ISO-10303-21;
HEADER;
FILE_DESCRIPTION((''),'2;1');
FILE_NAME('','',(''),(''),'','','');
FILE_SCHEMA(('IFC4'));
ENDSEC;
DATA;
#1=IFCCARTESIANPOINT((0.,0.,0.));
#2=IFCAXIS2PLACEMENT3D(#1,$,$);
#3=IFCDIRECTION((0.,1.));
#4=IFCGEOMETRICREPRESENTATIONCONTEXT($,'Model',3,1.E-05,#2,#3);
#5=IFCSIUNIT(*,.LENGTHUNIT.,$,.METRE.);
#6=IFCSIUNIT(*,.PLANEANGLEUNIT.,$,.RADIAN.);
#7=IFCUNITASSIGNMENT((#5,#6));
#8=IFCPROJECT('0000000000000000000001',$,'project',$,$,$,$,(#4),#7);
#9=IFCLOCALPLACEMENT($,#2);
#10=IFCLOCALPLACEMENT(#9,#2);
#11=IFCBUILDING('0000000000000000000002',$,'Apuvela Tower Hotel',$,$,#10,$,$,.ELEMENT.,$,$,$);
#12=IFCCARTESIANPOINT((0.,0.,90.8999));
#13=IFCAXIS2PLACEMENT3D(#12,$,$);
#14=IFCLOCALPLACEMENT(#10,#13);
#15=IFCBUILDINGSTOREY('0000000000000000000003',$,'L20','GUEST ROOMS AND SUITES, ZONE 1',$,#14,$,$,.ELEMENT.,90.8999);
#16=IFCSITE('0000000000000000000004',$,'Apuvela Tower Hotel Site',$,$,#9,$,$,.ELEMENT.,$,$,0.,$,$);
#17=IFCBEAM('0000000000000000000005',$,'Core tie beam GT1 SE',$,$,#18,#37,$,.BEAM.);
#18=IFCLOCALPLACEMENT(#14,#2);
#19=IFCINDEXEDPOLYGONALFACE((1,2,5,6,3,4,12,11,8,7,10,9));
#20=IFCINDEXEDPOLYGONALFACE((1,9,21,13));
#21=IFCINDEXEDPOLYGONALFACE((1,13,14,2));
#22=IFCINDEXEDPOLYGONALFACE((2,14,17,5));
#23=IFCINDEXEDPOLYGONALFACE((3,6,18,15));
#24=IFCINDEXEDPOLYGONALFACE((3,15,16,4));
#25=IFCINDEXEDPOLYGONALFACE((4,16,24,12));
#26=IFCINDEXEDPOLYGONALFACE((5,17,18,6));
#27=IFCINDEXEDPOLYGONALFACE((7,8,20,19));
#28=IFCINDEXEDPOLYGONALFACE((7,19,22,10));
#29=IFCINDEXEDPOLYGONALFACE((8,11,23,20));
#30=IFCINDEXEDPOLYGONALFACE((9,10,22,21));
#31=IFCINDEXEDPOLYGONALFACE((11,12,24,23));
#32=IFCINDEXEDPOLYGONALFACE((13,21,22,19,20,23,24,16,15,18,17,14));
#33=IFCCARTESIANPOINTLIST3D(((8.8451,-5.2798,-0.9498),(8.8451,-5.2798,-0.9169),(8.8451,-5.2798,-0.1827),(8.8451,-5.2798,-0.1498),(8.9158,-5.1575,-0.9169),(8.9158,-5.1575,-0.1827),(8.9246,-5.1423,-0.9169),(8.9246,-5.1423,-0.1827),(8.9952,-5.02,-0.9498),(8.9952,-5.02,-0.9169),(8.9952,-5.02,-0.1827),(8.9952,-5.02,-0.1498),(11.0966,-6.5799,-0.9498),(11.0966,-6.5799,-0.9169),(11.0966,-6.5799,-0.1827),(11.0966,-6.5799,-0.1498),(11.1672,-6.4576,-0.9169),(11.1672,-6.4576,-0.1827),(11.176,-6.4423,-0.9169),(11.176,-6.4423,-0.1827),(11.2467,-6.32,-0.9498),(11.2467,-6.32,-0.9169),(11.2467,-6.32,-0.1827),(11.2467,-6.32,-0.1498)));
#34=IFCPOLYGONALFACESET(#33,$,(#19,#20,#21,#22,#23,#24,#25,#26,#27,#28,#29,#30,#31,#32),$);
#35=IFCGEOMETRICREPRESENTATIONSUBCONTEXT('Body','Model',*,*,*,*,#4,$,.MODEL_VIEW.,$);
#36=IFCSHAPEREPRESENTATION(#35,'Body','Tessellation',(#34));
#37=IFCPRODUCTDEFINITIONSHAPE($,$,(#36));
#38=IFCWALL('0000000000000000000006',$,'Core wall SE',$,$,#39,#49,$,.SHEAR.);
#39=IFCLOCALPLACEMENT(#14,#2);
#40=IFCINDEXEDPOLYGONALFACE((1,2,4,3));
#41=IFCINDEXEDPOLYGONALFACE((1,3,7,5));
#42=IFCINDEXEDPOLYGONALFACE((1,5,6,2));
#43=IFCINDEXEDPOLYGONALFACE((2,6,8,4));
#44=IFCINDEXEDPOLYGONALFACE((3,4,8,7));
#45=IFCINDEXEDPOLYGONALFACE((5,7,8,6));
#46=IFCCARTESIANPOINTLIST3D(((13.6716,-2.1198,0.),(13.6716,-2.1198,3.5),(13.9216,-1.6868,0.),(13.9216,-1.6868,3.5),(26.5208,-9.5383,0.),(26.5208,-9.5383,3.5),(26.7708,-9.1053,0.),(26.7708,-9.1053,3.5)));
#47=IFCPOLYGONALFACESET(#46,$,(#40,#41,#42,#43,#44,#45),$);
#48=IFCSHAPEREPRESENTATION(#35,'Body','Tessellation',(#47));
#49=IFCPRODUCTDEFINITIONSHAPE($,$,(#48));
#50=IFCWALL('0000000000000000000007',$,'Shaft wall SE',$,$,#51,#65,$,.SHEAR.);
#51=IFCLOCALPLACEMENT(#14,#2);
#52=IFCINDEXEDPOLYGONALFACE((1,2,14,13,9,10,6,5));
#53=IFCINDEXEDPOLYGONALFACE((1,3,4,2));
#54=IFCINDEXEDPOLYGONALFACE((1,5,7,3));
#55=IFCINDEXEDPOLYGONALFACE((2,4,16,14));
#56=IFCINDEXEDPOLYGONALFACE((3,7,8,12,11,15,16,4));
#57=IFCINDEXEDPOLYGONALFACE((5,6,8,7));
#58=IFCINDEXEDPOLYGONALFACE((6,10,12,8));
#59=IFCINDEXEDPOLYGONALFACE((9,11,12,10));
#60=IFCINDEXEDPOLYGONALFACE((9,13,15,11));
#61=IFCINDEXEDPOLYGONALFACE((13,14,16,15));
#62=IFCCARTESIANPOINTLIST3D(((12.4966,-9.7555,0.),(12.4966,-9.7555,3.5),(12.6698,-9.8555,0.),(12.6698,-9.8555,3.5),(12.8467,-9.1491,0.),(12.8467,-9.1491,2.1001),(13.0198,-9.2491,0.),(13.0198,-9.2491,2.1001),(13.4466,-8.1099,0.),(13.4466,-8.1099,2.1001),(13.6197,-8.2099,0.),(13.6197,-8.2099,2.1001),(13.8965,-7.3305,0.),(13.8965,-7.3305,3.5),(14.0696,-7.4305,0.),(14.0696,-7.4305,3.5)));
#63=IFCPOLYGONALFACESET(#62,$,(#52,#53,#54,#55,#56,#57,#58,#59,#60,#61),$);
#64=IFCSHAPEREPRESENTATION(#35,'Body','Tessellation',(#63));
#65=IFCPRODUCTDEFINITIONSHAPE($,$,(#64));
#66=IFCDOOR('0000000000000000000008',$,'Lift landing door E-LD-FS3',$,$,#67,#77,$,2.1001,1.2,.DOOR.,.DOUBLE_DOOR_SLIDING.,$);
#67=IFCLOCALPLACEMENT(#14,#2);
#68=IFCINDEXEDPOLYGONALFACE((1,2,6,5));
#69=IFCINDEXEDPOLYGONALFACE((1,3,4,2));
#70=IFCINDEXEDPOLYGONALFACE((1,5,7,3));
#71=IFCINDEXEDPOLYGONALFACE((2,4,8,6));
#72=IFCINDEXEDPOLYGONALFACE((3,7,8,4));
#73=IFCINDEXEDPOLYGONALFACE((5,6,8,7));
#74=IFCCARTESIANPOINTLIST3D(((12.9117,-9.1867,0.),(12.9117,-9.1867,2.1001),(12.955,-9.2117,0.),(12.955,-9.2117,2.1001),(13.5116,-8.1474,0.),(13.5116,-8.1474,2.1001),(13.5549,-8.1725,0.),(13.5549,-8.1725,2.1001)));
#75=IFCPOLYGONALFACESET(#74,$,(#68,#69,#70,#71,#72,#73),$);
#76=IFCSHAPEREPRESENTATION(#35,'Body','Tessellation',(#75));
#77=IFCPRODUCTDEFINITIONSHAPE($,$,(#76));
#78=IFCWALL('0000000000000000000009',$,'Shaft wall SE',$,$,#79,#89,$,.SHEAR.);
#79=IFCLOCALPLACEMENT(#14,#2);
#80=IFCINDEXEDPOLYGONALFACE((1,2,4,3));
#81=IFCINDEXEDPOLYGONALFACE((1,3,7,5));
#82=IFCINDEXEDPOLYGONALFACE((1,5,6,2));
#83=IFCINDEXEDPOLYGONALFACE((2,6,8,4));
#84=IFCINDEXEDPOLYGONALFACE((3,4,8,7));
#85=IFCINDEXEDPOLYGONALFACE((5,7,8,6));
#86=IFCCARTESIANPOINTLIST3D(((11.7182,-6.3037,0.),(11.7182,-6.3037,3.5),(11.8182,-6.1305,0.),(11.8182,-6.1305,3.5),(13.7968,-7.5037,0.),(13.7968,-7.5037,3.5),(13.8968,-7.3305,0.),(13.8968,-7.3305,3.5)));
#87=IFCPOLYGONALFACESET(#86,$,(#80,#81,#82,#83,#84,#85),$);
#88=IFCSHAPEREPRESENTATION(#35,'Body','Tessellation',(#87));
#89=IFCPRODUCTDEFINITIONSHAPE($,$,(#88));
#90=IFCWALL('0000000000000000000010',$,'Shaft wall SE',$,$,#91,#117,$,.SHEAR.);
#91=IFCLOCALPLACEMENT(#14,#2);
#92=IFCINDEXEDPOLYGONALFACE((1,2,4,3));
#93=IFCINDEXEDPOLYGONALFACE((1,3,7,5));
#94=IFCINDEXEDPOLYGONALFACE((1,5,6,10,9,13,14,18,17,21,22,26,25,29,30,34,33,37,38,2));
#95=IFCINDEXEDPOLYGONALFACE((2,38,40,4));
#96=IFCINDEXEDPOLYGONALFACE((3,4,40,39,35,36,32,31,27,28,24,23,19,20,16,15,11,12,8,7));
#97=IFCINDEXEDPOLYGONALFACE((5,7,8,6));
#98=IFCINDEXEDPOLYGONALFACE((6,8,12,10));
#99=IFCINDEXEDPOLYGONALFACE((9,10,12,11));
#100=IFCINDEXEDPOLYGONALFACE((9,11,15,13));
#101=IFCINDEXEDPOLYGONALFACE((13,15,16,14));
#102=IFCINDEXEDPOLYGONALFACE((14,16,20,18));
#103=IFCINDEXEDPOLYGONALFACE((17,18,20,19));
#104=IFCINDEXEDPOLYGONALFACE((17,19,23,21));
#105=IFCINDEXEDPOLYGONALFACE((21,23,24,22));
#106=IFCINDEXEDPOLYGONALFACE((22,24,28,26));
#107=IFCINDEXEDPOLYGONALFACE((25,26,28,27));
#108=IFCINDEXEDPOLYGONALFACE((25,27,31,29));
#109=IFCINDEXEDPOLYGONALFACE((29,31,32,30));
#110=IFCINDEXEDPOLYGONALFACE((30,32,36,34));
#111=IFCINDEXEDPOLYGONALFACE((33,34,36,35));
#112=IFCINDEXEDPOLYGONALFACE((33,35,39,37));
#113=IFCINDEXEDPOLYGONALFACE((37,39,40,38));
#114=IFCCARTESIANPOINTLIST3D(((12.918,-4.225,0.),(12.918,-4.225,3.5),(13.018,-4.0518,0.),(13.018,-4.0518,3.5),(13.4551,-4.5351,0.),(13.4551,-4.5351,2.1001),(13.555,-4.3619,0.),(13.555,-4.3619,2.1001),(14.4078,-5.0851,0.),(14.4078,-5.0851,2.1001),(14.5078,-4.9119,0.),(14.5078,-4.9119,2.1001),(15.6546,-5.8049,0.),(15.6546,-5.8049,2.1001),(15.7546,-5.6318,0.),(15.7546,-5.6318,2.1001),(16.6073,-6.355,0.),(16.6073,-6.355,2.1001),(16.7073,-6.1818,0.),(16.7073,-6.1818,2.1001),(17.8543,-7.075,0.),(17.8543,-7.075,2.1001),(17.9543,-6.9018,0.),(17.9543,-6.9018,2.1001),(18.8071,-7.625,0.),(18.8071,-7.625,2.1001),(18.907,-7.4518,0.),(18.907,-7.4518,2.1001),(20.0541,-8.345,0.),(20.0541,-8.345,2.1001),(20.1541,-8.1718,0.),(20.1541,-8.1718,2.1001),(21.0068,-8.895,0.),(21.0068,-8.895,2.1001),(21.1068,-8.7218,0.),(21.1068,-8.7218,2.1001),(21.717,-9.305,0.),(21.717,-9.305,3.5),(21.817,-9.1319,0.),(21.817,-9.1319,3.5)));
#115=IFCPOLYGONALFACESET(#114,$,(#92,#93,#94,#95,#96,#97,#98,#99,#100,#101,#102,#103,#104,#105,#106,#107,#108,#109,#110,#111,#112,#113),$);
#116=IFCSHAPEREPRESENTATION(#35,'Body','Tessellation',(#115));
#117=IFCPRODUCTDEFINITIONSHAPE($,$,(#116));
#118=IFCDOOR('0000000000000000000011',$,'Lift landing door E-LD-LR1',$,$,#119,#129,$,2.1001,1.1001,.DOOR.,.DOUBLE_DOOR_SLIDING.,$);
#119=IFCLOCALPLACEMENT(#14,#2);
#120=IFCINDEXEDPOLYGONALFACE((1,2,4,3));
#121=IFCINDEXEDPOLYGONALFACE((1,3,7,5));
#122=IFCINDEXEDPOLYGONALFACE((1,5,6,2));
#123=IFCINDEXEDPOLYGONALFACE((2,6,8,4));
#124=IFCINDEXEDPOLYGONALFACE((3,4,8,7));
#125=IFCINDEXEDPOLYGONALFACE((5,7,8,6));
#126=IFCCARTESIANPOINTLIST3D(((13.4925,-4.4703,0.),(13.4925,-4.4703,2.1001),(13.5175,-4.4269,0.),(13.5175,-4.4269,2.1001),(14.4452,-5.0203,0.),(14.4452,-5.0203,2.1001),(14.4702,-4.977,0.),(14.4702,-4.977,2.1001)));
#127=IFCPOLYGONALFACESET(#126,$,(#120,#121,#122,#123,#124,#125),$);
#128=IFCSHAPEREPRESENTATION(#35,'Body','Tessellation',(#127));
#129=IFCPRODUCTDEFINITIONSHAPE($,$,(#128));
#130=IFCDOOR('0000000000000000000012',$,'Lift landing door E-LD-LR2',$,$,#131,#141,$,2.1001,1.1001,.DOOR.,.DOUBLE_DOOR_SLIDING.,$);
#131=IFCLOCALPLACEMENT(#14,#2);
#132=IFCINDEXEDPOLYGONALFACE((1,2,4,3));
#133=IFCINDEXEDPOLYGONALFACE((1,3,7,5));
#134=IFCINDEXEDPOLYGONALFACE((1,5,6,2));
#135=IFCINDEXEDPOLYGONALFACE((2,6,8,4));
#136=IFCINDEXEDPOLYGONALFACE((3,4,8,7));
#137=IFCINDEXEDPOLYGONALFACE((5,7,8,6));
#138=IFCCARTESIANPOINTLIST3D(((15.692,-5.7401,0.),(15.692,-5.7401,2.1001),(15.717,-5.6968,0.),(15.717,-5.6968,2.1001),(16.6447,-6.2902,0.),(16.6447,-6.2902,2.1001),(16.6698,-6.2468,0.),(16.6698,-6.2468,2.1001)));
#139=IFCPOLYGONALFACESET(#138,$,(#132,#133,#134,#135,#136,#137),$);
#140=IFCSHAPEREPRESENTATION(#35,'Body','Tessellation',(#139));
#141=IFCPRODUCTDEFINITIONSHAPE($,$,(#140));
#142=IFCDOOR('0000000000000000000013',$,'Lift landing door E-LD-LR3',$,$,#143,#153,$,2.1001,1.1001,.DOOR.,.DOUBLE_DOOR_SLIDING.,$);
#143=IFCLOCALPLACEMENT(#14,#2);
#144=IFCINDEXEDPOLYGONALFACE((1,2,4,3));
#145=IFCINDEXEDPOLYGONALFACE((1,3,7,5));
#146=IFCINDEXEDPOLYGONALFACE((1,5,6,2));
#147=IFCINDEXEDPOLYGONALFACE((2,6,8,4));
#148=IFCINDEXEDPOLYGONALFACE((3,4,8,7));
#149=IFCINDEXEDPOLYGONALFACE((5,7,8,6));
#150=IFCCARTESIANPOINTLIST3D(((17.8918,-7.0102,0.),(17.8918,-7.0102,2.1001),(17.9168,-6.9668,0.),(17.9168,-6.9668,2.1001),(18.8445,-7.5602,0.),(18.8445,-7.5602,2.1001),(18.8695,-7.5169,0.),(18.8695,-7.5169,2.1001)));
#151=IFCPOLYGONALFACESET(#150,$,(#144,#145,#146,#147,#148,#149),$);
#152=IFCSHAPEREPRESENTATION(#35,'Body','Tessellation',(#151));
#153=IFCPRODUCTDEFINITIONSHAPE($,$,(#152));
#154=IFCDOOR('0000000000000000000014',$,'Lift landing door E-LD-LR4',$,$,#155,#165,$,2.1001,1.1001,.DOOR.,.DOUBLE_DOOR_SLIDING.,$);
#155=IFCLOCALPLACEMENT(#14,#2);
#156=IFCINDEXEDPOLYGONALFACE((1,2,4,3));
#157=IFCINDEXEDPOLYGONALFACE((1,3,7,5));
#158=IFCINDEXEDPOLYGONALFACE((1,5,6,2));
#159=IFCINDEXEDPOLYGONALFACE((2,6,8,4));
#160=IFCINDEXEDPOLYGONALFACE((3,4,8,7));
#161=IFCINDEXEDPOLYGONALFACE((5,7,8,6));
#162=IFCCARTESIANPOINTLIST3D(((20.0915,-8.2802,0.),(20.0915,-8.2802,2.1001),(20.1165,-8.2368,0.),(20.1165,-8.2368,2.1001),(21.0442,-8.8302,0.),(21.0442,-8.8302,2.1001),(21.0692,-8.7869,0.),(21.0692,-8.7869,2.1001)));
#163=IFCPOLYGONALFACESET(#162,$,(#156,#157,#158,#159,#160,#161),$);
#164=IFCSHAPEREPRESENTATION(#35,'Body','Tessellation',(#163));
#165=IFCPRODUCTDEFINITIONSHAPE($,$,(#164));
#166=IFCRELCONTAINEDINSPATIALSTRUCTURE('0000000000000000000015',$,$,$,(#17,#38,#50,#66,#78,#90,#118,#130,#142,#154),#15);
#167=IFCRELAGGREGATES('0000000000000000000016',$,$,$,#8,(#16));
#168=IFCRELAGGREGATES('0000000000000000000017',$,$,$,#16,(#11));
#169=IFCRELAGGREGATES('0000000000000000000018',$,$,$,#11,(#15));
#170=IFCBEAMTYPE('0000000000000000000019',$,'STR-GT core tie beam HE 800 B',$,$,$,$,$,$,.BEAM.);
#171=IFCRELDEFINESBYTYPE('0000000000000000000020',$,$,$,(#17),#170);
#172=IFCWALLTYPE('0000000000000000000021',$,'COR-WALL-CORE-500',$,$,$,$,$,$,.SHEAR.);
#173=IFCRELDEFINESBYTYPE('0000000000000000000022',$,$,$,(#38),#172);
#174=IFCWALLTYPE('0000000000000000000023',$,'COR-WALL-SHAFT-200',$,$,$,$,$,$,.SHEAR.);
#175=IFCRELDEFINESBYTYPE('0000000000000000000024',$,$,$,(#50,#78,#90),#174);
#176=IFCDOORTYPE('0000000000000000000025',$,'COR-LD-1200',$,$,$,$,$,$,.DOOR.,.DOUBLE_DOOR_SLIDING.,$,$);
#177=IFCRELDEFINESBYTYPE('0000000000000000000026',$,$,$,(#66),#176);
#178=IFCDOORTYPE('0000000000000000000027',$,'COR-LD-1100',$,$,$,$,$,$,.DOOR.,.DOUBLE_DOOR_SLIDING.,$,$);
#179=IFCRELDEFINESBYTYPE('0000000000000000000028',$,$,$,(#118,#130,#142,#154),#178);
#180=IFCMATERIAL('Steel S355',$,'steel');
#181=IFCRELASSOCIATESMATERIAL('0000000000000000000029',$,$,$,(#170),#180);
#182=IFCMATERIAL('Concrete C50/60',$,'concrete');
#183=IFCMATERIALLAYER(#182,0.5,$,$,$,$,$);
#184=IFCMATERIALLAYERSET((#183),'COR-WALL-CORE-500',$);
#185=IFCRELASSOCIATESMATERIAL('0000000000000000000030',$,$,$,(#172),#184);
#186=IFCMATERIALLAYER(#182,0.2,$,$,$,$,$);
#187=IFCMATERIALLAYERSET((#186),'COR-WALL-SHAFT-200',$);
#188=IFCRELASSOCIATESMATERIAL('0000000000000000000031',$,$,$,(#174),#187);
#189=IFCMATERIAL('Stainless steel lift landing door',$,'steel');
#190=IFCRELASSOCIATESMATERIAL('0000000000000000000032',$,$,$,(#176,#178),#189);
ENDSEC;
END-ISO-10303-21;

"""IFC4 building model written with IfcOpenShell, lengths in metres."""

from ifc_helpers import new_model, si_unit, direction, frame, frame_2d, origin, origin_2d, place, context, subcontext, project, spatial, rectangle, i_section, extrude, material, layer, layer_set, material_profile, profile_set, type_object, element, fill, save


model = new_model("IFC4")

# Units and contexts
model_context = context("Model", 3, precision=1e-05, world=origin(), true_north=direction((0.0, 1.0)))
body_context = subcontext(model_context, "Body", "Model", "MODEL_VIEW")
ifc_project = project(units=[si_unit("LENGTHUNIT", "METRE"), si_unit("PLANEANGLEUNIT", "RADIAN")], contexts=[model_context])

# Site, building, storey
site_placement = place(None, origin())
site = spatial("IfcSite", under=ifc_project, at=site_placement, Name="Apuvela Tower Hotel Site", CompositionType="ELEMENT", RefElevation=0.0)
building_placement = place(site_placement, origin())
building = spatial("IfcBuilding", under=site, at=building_placement, Name="Apuvela Tower Hotel", CompositionType="ELEMENT")
storey_placement = place(building_placement, frame((0.0, 0.0, 90.8999)))
storey = spatial("IfcBuildingStorey", under=building, at=storey_placement, Name="L20", Description="GUEST ROOMS AND SUITES, ZONE 1", CompositionType="ELEMENT", Elevation=90.8999)

# Beam
ifc_material_1 = material(Name="Steel S355", Category="steel")
ifc_material_profile = material_profile(ifc_material_1, i_section(OverallWidth=0.3, OverallDepth=0.8, WebThickness=0.0176, FlangeThickness=0.033, at=origin_2d()), Name="HE 800 B")
ifc_profile_set = profile_set([ifc_material_profile], Name="Steel S355")
beam_type = type_object("IfcBeamType", Name="STR-GT core tie beam HE 800 B", PredefinedType="BEAM", material=ifc_profile_set)
beam_placement = place(storey_placement, frame((11.1716, -6.45, -0.5498), z_axis=(-0.865998, 0.500048, 0.0), x_axis=(-0.500048, -0.865998, 0.0)))
element("IfcBeam", 1, at=beam_placement, inside=storey, type_object=beam_type, Name="Core tie beam GT1 SE", PredefinedType="BEAM", context=body_context, shape_type="SweptSolid", body=[
    extrude(i_section(OverallWidth=0.3, OverallDepth=0.8, WebThickness=0.0176, FlangeThickness=0.033, at=origin_2d()), origin(), (0.0, 0.0, 1.0), 2.5999),
])

# Wall
ifc_material_2 = material(Name="Concrete C50/60", Category="concrete")
ifc_layer_1 = layer(ifc_material_2, 0.5)
ifc_layer_set_1 = layer_set([ifc_layer_1], Name="COR-WALL-CORE-500")
wall_type_1 = type_object("IfcWallType", Name="COR-WALL-CORE-500", PredefinedType="SHEAR", material=ifc_layer_set_1)
wall_1_placement = place(storey_placement, frame((13.7966, -1.9033, 0.0), z_axis=(0.0, 0.0, 1.0), x_axis=(0.866025, -0.500001, 0.0)))
element("IfcWall", 2, at=wall_1_placement, inside=storey, type_object=wall_type_1, Name="Core wall SE", PredefinedType="SHEAR", context=body_context, shape_type="SweptSolid", body=[
    extrude(rectangle(XDim=14.8369, YDim=0.5, at=frame_2d((7.4185, 0.0))), origin(), (0.0, 0.0, 1.0), 3.5),
])

# Wall, opening, door
ifc_layer_2 = layer(ifc_material_2, 0.2)
ifc_layer_set_2 = layer_set([ifc_layer_2], Name="COR-WALL-SHAFT-200")
wall_type_2 = type_object("IfcWallType", Name="COR-WALL-SHAFT-200", PredefinedType="SHEAR", material=ifc_layer_set_2)
wall_2_placement = place(storey_placement, frame((12.5833, -9.8054, 0.0), z_axis=(0.0, 0.0, 1.0), x_axis=(0.499946, 0.866056, 0.0)))
wall_2 = element("IfcWall", 3, at=wall_2_placement, inside=storey, type_object=wall_type_2, Name="Shaft wall SE", PredefinedType="SHEAR", context=body_context, shape_type="SweptSolid", body=[
    extrude(rectangle(XDim=2.8, YDim=0.2, at=frame_2d((1.3999, 0.0))), origin(), (0.0, 0.0, 1.0), 3.5),
])
opening_1_placement = place(wall_2_placement, frame((0.7, 0.0, 0.0)))
opening_1 = element("IfcOpeningElement", 4, at=opening_1_placement, cuts=wall_2, PredefinedType="OPENING", context=body_context, shape_type="SweptSolid", body=[
    extrude(rectangle(XDim=1.2, YDim=2.1001, at=frame_2d((0.6001, 1.05))), frame((0.0, 0.1099, 0.0), z_axis=(0.0, -1.0, 0.0), x_axis=(1.0, 0.0, 0.0)), (0.0, 0.0, 1.0), 0.22),
])
ifc_material_3 = material(Name="Stainless steel lift landing door", Category="steel")
door_type_1 = type_object("IfcDoorType", Name="COR-LD-1200", OperationType="DOUBLE_DOOR_SLIDING", PredefinedType="DOOR", material=ifc_material_3)
door_1_placement = place(opening_1_placement, origin())
door_1 = element("IfcDoor", 5, at=door_1_placement, inside=storey, type_object=door_type_1, Name="Lift landing door E-LD-FS3", OperationType="DOUBLE_DOOR_SLIDING", OverallHeight=2.1001, OverallWidth=1.2, PredefinedType="DOOR", context=body_context, shape_type="SweptSolid", body=[
    extrude(rectangle(XDim=1.2, YDim=2.1001, at=frame_2d((0.6001, 1.05))), frame((0.0, 0.0249, 0.0), z_axis=(0.0, -1.0, 0.0), x_axis=(1.0, 0.0, 0.0)), (0.0, 0.0, 1.0), 0.05),
])
fill(opening_1, door_1)

# Wall
wall_3_placement = place(storey_placement, frame((11.7681, -6.217, 0.0), z_axis=(0.0, 0.0, 1.0), x_axis=(0.86605, -0.499957, 0.0)))
element("IfcWall", 6, at=wall_3_placement, inside=storey, type_object=wall_type_2, Name="Shaft wall SE", PredefinedType="SHEAR", context=body_context, shape_type="SweptSolid", body=[
    extrude(rectangle(XDim=2.4001, YDim=0.2, at=frame_2d((1.2002, 0.0))), origin(), (0.0, 0.0, 1.0), 3.5),
])

# Wall, openings, doors
wall_4_placement = place(storey_placement, frame((12.968, -4.1384, 0.0), z_axis=(0.0, 0.0, 1.0), x_axis=(0.866028, -0.499995, 0.0)))
wall_4 = element("IfcWall", 7, at=wall_4_placement, inside=storey, type_object=wall_type_2, Name="Shaft wall SE", PredefinedType="SHEAR", context=body_context, shape_type="SweptSolid", body=[
    extrude(rectangle(XDim=10.1602, YDim=0.2, at=frame_2d((5.0801, 0.0))), origin(), (0.0, 0.0, 1.0), 3.5),
])
opening_2_placement = place(wall_4_placement, frame((0.6201, 0.0, 0.0)))
opening_2 = element("IfcOpeningElement", 8, at=opening_2_placement, cuts=wall_4, PredefinedType="OPENING", context=body_context, shape_type="SweptSolid", body=[
    extrude(rectangle(XDim=1.1001, YDim=2.1001, at=frame_2d((0.55, 1.05))), frame((0.0, 0.1099, 0.0), z_axis=(0.0, -1.0, 0.0), x_axis=(1.0, 0.0, 0.0)), (0.0, 0.0, 1.0), 0.22),
])
opening_3_placement = place(wall_4_placement, frame((3.1599, 0.0, 0.0)))
opening_3 = element("IfcOpeningElement", 9, at=opening_3_placement, cuts=wall_4, PredefinedType="OPENING", context=body_context, shape_type="SweptSolid", body=[
    extrude(rectangle(XDim=1.1001, YDim=2.1001, at=frame_2d((0.55, 1.05))), frame((0.0, 0.1099, 0.0), z_axis=(0.0, -1.0, 0.0), x_axis=(1.0, 0.0, 0.0)), (0.0, 0.0, 1.0), 0.22),
])
opening_4_placement = place(wall_4_placement, frame((5.7, 0.0, 0.0)))
opening_4 = element("IfcOpeningElement", 10, at=opening_4_placement, cuts=wall_4, PredefinedType="OPENING", context=body_context, shape_type="SweptSolid", body=[
    extrude(rectangle(XDim=1.1001, YDim=2.1001, at=frame_2d((0.55, 1.05))), frame((0.0, 0.1099, 0.0), z_axis=(0.0, -1.0, 0.0), x_axis=(1.0, 0.0, 0.0)), (0.0, 0.0, 1.0), 0.22),
])
opening_5_placement = place(wall_4_placement, frame((8.24, 0.0, 0.0)))
opening_5 = element("IfcOpeningElement", 11, at=opening_5_placement, cuts=wall_4, PredefinedType="OPENING", context=body_context, shape_type="SweptSolid", body=[
    extrude(rectangle(XDim=1.1001, YDim=2.1001, at=frame_2d((0.55, 1.05))), frame((0.0, 0.1099, 0.0), z_axis=(0.0, -1.0, 0.0), x_axis=(1.0, 0.0, 0.0)), (0.0, 0.0, 1.0), 0.22),
])
door_type_2 = type_object("IfcDoorType", Name="COR-LD-1100", OperationType="DOUBLE_DOOR_SLIDING", PredefinedType="DOOR", material=ifc_material_3)
door_2_placement = place(opening_2_placement, origin())
door_2 = element("IfcDoor", 12, at=door_2_placement, inside=storey, type_object=door_type_2, Name="Lift landing door E-LD-LR1", OperationType="DOUBLE_DOOR_SLIDING", OverallHeight=2.1001, OverallWidth=1.1001, PredefinedType="DOOR", context=body_context, shape_type="SweptSolid", body=[
    extrude(rectangle(XDim=1.1001, YDim=2.1001, at=frame_2d((0.55, 1.05))), frame((0.0, 0.0249, 0.0), z_axis=(0.0, -1.0, 0.0), x_axis=(1.0, 0.0, 0.0)), (0.0, 0.0, 1.0), 0.05),
])
fill(opening_2, door_2)
door_3_placement = place(opening_3_placement, origin())
door_3 = element("IfcDoor", 13, at=door_3_placement, inside=storey, type_object=door_type_2, Name="Lift landing door E-LD-LR2", OperationType="DOUBLE_DOOR_SLIDING", OverallHeight=2.1001, OverallWidth=1.1001, PredefinedType="DOOR", context=body_context, shape_type="SweptSolid", body=[
    extrude(rectangle(XDim=1.1001, YDim=2.1001, at=frame_2d((0.55, 1.05))), frame((0.0, 0.0249, 0.0), z_axis=(0.0, -1.0, 0.0), x_axis=(1.0, 0.0, 0.0)), (0.0, 0.0, 1.0), 0.05),
])
fill(opening_3, door_3)
door_4_placement = place(opening_4_placement, origin())
door_4 = element("IfcDoor", 14, at=door_4_placement, inside=storey, type_object=door_type_2, Name="Lift landing door E-LD-LR3", OperationType="DOUBLE_DOOR_SLIDING", OverallHeight=2.1001, OverallWidth=1.1001, PredefinedType="DOOR", context=body_context, shape_type="SweptSolid", body=[
    extrude(rectangle(XDim=1.1001, YDim=2.1001, at=frame_2d((0.55, 1.05))), frame((0.0, 0.0249, 0.0), z_axis=(0.0, -1.0, 0.0), x_axis=(1.0, 0.0, 0.0)), (0.0, 0.0, 1.0), 0.05),
])
fill(opening_4, door_4)
door_5_placement = place(opening_5_placement, origin())
door_5 = element("IfcDoor", 15, at=door_5_placement, inside=storey, type_object=door_type_2, Name="Lift landing door E-LD-LR4", OperationType="DOUBLE_DOOR_SLIDING", OverallHeight=2.1001, OverallWidth=1.1001, PredefinedType="DOOR", context=body_context, shape_type="SweptSolid", body=[
    extrude(rectangle(XDim=1.1001, YDim=2.1001, at=frame_2d((0.55, 1.05))), frame((0.0, 0.0249, 0.0), z_axis=(0.0, -1.0, 0.0), x_axis=(1.0, 0.0, 0.0)), (0.0, 0.0, 1.0), 0.05),
])
fill(opening_5, door_5)

save(model, "model.ifc")
